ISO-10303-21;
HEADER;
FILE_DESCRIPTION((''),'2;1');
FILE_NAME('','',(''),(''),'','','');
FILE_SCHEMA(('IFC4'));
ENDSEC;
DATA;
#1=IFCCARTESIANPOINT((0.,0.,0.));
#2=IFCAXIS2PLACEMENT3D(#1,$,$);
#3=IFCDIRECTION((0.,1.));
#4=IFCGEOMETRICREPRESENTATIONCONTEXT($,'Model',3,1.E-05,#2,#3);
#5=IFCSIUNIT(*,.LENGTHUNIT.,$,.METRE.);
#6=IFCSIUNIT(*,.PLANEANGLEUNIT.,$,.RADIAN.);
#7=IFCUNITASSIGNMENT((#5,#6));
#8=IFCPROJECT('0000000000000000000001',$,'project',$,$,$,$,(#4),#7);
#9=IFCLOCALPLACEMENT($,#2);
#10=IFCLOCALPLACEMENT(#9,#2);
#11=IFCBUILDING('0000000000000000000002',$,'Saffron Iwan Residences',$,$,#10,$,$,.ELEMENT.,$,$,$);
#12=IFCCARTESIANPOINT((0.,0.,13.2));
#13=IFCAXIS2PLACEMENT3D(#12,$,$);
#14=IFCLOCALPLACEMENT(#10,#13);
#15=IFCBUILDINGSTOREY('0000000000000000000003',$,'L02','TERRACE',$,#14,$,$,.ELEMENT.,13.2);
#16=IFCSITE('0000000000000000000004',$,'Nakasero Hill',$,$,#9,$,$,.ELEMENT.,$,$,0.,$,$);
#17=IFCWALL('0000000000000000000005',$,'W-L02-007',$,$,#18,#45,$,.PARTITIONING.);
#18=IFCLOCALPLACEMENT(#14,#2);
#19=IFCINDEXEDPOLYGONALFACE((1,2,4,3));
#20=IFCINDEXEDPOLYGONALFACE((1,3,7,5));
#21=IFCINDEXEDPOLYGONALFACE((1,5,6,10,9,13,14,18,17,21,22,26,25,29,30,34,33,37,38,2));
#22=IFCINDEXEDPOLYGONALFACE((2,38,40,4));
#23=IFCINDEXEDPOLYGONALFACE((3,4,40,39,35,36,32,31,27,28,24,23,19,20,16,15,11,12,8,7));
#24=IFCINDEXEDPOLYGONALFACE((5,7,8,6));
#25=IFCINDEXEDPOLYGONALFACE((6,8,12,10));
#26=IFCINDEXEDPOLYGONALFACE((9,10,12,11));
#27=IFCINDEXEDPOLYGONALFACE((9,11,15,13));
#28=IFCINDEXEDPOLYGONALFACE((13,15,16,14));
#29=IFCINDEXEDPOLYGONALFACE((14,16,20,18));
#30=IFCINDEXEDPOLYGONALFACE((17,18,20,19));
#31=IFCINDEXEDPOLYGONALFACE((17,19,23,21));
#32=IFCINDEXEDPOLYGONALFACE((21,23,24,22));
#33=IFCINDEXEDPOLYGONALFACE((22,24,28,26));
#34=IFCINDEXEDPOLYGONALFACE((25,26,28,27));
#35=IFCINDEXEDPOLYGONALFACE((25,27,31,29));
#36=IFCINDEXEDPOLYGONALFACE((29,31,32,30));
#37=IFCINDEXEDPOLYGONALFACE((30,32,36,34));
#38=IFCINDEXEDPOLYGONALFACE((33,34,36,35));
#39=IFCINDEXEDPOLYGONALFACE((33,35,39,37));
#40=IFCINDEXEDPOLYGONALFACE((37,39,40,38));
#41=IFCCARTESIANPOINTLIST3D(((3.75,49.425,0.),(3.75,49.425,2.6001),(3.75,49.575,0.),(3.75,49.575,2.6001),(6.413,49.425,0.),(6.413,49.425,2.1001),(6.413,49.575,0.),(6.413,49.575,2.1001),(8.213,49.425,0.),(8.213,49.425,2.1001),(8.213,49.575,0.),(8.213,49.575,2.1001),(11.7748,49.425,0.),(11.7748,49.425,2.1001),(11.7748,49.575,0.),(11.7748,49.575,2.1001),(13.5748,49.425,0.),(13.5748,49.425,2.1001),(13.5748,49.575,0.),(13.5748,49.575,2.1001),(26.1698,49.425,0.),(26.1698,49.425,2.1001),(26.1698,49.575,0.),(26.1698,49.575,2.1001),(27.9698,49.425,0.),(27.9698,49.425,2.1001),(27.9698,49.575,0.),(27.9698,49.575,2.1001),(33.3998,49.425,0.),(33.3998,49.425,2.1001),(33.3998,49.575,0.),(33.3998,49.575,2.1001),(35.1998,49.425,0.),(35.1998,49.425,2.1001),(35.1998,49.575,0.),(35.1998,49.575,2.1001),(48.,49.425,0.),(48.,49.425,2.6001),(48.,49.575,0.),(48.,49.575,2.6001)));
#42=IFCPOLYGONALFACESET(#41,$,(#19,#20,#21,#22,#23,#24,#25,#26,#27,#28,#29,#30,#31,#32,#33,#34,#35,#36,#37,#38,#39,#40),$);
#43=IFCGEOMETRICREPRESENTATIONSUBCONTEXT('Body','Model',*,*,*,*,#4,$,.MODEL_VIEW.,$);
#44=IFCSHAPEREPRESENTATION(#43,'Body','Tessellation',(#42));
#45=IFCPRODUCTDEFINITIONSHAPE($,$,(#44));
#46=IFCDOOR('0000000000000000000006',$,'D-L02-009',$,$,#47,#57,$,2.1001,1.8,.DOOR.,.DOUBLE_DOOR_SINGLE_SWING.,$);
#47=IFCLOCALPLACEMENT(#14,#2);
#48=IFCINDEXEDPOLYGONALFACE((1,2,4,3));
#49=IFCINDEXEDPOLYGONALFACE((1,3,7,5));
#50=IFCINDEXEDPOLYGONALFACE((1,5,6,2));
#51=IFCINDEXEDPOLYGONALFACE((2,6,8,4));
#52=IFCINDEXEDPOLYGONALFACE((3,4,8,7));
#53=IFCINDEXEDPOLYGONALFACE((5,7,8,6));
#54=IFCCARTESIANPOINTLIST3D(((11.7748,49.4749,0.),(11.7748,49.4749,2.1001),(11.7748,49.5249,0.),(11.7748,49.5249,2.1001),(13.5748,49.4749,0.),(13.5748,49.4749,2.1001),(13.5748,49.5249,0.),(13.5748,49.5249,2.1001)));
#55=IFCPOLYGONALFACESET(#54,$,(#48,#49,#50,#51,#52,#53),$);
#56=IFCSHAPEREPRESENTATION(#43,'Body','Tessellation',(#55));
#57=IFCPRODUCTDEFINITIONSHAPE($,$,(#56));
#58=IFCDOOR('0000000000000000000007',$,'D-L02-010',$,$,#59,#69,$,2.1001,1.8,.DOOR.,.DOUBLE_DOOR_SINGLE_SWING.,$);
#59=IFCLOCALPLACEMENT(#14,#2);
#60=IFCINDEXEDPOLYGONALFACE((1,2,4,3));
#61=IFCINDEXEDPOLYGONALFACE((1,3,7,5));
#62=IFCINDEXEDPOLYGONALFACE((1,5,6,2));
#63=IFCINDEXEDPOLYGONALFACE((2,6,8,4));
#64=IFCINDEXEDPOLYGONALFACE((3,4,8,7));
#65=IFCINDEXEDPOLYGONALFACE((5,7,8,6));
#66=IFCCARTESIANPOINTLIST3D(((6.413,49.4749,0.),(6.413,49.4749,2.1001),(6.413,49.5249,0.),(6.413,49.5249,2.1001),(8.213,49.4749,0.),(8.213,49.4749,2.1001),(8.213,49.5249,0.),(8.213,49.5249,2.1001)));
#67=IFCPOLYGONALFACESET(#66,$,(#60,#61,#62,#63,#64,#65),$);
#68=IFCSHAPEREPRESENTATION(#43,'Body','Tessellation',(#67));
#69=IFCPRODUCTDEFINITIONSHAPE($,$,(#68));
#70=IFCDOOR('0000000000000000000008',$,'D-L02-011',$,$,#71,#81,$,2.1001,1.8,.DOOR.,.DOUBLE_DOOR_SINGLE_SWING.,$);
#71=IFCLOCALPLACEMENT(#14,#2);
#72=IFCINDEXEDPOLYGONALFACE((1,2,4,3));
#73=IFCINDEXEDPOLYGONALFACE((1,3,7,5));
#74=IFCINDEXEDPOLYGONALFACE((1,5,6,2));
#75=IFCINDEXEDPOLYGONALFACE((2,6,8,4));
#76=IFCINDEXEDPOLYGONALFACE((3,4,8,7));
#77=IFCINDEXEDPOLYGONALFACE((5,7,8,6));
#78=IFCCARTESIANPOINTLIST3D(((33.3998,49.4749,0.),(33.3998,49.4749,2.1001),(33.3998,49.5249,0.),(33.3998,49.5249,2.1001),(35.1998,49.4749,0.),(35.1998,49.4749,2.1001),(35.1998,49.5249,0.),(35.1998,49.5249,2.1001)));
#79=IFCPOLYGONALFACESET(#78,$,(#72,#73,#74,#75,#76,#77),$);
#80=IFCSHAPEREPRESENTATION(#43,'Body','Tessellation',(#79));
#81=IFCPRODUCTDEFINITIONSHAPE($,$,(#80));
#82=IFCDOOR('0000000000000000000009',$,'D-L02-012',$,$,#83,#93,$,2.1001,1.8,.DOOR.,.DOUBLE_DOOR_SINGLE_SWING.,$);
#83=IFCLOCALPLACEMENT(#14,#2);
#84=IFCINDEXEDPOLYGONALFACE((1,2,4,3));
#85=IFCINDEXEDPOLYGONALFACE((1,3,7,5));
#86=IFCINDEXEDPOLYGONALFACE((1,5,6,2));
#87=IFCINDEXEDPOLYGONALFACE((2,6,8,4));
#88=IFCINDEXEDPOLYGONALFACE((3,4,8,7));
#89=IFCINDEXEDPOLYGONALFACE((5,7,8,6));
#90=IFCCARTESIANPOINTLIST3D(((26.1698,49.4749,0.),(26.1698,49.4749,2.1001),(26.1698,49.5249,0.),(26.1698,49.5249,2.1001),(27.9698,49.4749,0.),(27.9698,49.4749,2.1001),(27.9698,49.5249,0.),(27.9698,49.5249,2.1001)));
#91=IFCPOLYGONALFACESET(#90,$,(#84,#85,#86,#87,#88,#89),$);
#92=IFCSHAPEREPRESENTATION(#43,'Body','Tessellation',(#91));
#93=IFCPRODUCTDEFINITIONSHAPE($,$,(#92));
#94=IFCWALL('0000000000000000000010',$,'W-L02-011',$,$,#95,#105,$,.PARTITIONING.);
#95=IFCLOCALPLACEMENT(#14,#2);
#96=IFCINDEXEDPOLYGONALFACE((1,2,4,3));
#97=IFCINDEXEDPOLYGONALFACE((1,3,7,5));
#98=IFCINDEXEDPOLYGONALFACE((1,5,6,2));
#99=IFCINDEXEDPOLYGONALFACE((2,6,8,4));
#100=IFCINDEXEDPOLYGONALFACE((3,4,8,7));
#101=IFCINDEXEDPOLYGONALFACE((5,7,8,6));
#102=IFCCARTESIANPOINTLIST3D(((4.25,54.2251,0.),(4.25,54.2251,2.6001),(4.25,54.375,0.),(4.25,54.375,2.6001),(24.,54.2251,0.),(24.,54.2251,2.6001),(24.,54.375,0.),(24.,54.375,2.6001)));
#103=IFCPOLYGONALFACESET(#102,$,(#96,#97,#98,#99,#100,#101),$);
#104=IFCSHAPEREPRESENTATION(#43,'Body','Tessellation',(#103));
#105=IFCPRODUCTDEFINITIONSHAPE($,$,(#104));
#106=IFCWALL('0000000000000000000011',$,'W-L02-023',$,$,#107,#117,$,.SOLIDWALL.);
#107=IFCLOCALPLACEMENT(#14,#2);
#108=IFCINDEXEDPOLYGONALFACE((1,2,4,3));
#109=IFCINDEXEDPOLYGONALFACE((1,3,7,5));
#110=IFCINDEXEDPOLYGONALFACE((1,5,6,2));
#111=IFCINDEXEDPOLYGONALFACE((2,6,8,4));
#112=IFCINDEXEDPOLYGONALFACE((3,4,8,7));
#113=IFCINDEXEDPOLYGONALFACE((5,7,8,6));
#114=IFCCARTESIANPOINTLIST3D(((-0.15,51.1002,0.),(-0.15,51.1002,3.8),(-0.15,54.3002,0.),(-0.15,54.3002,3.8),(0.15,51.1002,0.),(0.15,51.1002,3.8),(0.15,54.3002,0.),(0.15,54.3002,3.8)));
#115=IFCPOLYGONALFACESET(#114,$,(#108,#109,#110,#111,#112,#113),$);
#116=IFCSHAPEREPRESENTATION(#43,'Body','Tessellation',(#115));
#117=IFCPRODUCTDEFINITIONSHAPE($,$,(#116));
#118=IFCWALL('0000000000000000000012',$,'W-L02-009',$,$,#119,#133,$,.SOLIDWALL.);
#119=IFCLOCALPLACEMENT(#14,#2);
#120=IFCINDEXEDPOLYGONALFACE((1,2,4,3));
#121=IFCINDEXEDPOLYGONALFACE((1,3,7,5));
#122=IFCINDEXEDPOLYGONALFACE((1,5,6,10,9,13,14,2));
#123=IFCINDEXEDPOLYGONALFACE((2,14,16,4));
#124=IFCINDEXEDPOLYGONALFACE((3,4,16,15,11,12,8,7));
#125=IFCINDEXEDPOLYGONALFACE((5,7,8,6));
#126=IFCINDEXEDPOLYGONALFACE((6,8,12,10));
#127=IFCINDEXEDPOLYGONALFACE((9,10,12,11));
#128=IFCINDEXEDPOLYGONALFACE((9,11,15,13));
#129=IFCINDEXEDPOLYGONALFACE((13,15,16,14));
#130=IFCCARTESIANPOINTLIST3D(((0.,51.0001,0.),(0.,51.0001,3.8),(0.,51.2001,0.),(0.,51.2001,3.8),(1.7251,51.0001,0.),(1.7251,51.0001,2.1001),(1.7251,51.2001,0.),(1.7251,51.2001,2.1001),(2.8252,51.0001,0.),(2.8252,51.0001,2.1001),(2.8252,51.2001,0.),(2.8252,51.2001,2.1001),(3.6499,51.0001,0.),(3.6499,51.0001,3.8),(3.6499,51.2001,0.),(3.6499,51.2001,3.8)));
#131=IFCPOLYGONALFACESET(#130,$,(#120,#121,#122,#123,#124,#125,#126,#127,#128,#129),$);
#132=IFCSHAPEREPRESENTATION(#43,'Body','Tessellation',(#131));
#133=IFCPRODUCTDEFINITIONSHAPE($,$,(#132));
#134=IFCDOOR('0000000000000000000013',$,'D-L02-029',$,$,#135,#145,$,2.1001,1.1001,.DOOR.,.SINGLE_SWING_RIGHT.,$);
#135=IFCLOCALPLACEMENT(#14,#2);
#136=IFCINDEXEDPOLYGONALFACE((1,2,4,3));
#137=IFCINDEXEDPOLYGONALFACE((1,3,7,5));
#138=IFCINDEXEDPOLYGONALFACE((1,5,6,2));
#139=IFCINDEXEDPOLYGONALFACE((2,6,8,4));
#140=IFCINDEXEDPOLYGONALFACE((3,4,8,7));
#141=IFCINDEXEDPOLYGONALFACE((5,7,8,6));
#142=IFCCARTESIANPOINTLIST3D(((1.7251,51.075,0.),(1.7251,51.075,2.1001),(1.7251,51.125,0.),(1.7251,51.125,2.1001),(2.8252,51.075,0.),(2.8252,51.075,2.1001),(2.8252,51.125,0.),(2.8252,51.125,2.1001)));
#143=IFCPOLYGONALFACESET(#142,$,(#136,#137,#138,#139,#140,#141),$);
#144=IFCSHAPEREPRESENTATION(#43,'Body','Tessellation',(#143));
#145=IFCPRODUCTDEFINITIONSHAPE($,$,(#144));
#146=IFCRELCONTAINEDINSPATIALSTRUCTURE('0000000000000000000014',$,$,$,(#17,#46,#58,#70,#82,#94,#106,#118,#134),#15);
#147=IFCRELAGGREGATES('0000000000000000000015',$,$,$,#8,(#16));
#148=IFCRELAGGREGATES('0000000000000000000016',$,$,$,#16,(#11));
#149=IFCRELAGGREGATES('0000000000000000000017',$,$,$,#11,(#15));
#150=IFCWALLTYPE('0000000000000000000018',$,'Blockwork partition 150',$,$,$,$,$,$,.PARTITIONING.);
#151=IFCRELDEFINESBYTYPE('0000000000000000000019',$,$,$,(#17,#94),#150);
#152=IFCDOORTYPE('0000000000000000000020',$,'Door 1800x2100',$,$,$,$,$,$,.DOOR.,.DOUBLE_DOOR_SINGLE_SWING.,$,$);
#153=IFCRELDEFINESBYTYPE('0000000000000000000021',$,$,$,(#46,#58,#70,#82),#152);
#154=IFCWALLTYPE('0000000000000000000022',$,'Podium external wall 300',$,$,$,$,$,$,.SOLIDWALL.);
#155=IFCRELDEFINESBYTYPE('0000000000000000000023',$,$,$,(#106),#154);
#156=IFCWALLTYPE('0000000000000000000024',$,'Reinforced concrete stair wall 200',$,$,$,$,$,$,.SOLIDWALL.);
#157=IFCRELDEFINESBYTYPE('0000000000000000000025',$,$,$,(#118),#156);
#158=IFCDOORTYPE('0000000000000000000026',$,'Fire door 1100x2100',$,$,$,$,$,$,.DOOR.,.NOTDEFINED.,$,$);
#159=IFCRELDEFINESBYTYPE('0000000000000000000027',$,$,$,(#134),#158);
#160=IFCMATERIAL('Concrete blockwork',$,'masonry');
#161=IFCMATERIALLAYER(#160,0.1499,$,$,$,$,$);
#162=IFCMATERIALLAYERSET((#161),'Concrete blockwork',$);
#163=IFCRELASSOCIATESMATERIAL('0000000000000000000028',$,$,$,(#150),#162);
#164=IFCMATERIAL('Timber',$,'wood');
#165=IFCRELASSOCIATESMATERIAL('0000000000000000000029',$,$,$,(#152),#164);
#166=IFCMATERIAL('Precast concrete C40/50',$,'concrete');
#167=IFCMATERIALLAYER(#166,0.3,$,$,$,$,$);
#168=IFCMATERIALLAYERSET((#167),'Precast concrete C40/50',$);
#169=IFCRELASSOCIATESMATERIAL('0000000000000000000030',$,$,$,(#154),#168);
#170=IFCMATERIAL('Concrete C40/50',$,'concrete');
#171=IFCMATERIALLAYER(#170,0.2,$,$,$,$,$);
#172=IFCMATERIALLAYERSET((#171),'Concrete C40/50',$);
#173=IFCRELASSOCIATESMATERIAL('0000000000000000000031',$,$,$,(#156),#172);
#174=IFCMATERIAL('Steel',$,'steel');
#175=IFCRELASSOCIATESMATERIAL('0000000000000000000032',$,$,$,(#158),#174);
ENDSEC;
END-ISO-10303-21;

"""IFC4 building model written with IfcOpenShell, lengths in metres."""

from ifc_helpers import new_model, si_unit, direction, frame, frame_2d, origin, place, context, subcontext, project, spatial, rectangle, extrude, material, layer, layer_set, type_object, element, fill, save


model = new_model("IFC4")

# Units and contexts
model_context = context("Model", 3, precision=1e-05, world=origin(), true_north=direction((0.0, 1.0)))
body_context = subcontext(model_context, "Body", "Model", "MODEL_VIEW")
ifc_project = project(units=[si_unit("LENGTHUNIT", "METRE"), si_unit("PLANEANGLEUNIT", "RADIAN")], contexts=[model_context])

# Site, building, storey
site_placement = place(None, origin())
site = spatial("IfcSite", under=ifc_project, at=site_placement, Name="Nakasero Hill", CompositionType="ELEMENT", RefElevation=0.0)
building_placement = place(site_placement, origin())
building = spatial("IfcBuilding", under=site, at=building_placement, Name="Saffron Iwan Residences", CompositionType="ELEMENT")
storey_placement = place(building_placement, frame((0.0, 0.0, 13.2)))
storey = spatial("IfcBuildingStorey", under=building, at=storey_placement, Name="L02", Description="TERRACE", CompositionType="ELEMENT", Elevation=13.2)

# Wall, openings, doors
ifc_material_1 = material(Name="Concrete blockwork", Category="masonry")
ifc_layer_1 = layer(ifc_material_1, 0.1499)
ifc_layer_set_1 = layer_set([ifc_layer_1], Name="Concrete blockwork")
wall_type_1 = type_object("IfcWallType", Name="Blockwork partition 150", PredefinedType="PARTITIONING", material=ifc_layer_set_1)
wall_1_placement = place(storey_placement, frame((3.75, 49.5, 0.0), z_axis=(0.0, 0.0, 1.0), x_axis=(1.0, 0.0, 0.0)))
wall_1 = element("IfcWall", 1, at=wall_1_placement, inside=storey, type_object=wall_type_1, Name="W-L02-007", PredefinedType="PARTITIONING", context=body_context, shape_type="SweptSolid", body=[
    extrude(rectangle(XDim=44.25, YDim=0.1499, at=frame_2d((22.125, 0.0))), origin(), (0.0, 0.0, 1.0), 2.6001),
])
opening_1_placement = place(wall_1_placement, frame((8.0249, 0.0, 0.0)))
opening_1 = element("IfcOpeningElement", 2, at=opening_1_placement, cuts=wall_1, PredefinedType="OPENING", context=body_context, shape_type="SweptSolid", body=[
    extrude(rectangle(XDim=1.8, YDim=2.1001, at=frame_2d((0.8999, 1.05))), frame((0.0, 0.085, 0.0), z_axis=(0.0, -1.0, 0.0), x_axis=(1.0, 0.0, 0.0)), (0.0, 0.0, 1.0), 0.1699),
])
opening_2_placement = place(wall_1_placement, frame((2.6631, 0.0, 0.0)))
opening_2 = element("IfcOpeningElement", 3, at=opening_2_placement, cuts=wall_1, PredefinedType="OPENING", context=body_context, shape_type="SweptSolid", body=[
    extrude(rectangle(XDim=1.8, YDim=2.1001, at=frame_2d((0.8999, 1.05))), frame((0.0, 0.085, 0.0), z_axis=(0.0, -1.0, 0.0), x_axis=(1.0, 0.0, 0.0)), (0.0, 0.0, 1.0), 0.1699),
])
opening_3_placement = place(wall_1_placement, frame((29.6499, 0.0, 0.0)))
opening_3 = element("IfcOpeningElement", 4, at=opening_3_placement, cuts=wall_1, PredefinedType="OPENING", context=body_context, shape_type="SweptSolid", body=[
    extrude(rectangle(XDim=1.8, YDim=2.1001, at=frame_2d((0.8999, 1.05))), frame((0.0, 0.085, 0.0), z_axis=(0.0, -1.0, 0.0), x_axis=(1.0, 0.0, 0.0)), (0.0, 0.0, 1.0), 0.1699),
])
opening_4_placement = place(wall_1_placement, frame((22.4199, 0.0, 0.0)))
opening_4 = element("IfcOpeningElement", 5, at=opening_4_placement, cuts=wall_1, PredefinedType="OPENING", context=body_context, shape_type="SweptSolid", body=[
    extrude(rectangle(XDim=1.8, YDim=2.1001, at=frame_2d((0.8999, 1.05))), frame((0.0, 0.085, 0.0), z_axis=(0.0, -1.0, 0.0), x_axis=(1.0, 0.0, 0.0)), (0.0, 0.0, 1.0), 0.1699),
])
ifc_material_2 = material(Name="Timber", Category="wood")
door_type_1 = type_object("IfcDoorType", Name="Door 1800x2100", OperationType="DOUBLE_DOOR_SINGLE_SWING", PredefinedType="DOOR", material=ifc_material_2)
door_1_placement = place(opening_1_placement, origin())
door_1 = element("IfcDoor", 6, at=door_1_placement, inside=storey, type_object=door_type_1, Name="D-L02-009", OperationType="DOUBLE_DOOR_SINGLE_SWING", OverallHeight=2.1001, OverallWidth=1.8, PredefinedType="DOOR", context=body_context, shape_type="SweptSolid", body=[
    extrude(rectangle(XDim=1.8, YDim=2.1001, at=frame_2d((0.8999, 1.05))), frame((0.0, 0.0249, 0.0), z_axis=(0.0, -1.0, 0.0), x_axis=(1.0, 0.0, 0.0)), (0.0, 0.0, 1.0), 0.05),
])
fill(opening_1, door_1)
door_2_placement = place(opening_2_placement, origin())
door_2 = element("IfcDoor", 7, at=door_2_placement, inside=storey, type_object=door_type_1, Name="D-L02-010", OperationType="DOUBLE_DOOR_SINGLE_SWING", OverallHeight=2.1001, OverallWidth=1.8, PredefinedType="DOOR", context=body_context, shape_type="SweptSolid", body=[
    extrude(rectangle(XDim=1.8, YDim=2.1001, at=frame_2d((0.8999, 1.05))), frame((0.0, 0.0249, 0.0), z_axis=(0.0, -1.0, 0.0), x_axis=(1.0, 0.0, 0.0)), (0.0, 0.0, 1.0), 0.05),
])
fill(opening_2, door_2)
door_3_placement = place(opening_3_placement, origin())
door_3 = element("IfcDoor", 8, at=door_3_placement, inside=storey, type_object=door_type_1, Name="D-L02-011", OperationType="DOUBLE_DOOR_SINGLE_SWING", OverallHeight=2.1001, OverallWidth=1.8, PredefinedType="DOOR", context=body_context, shape_type="SweptSolid", body=[
    extrude(rectangle(XDim=1.8, YDim=2.1001, at=frame_2d((0.8999, 1.05))), frame((0.0, 0.0249, 0.0), z_axis=(0.0, -1.0, 0.0), x_axis=(1.0, 0.0, 0.0)), (0.0, 0.0, 1.0), 0.05),
])
fill(opening_3, door_3)
door_4_placement = place(opening_4_placement, origin())
door_4 = element("IfcDoor", 9, at=door_4_placement, inside=storey, type_object=door_type_1, Name="D-L02-012", OperationType="DOUBLE_DOOR_SINGLE_SWING", OverallHeight=2.1001, OverallWidth=1.8, PredefinedType="DOOR", context=body_context, shape_type="SweptSolid", body=[
    extrude(rectangle(XDim=1.8, YDim=2.1001, at=frame_2d((0.8999, 1.05))), frame((0.0, 0.0249, 0.0), z_axis=(0.0, -1.0, 0.0), x_axis=(1.0, 0.0, 0.0)), (0.0, 0.0, 1.0), 0.05),
])
fill(opening_4, door_4)

# Walls
wall_2_placement = place(storey_placement, frame((4.25, 54.3, 0.0), z_axis=(0.0, 0.0, 1.0), x_axis=(1.0, 0.0, 0.0)))
element("IfcWall", 10, at=wall_2_placement, inside=storey, type_object=wall_type_1, Name="W-L02-011", PredefinedType="PARTITIONING", context=body_context, shape_type="SweptSolid", body=[
    extrude(rectangle(XDim=19.75, YDim=0.1499, at=frame_2d((9.875, 0.0))), origin(), (0.0, 0.0, 1.0), 2.6001),
])
ifc_material_3 = material(Name="Precast concrete C40/50", Category="concrete")
ifc_layer_2 = layer(ifc_material_3, 0.3)
ifc_layer_set_2 = layer_set([ifc_layer_2], Name="Precast concrete C40/50")
wall_type_2 = type_object("IfcWallType", Name="Podium external wall 300", PredefinedType="SOLIDWALL", material=ifc_layer_set_2)
wall_3_placement = place(storey_placement, frame((0.0, 51.1001, 0.0), z_axis=(0.0, 0.0, 1.0), x_axis=(0.0, 1.0, 0.0)))
element("IfcWall", 11, at=wall_3_placement, inside=storey, type_object=wall_type_2, Name="W-L02-023", PredefinedType="SOLIDWALL", context=body_context, shape_type="SweptSolid", body=[
    extrude(rectangle(XDim=3.2, YDim=0.3, at=frame_2d((1.6001, 0.0))), origin(), (0.0, 0.0, 1.0), 3.8),
])

# Wall, opening, door
ifc_material_4 = material(Name="Concrete C40/50", Category="concrete")
ifc_layer_3 = layer(ifc_material_4, 0.2)
ifc_layer_set_3 = layer_set([ifc_layer_3], Name="Concrete C40/50")
wall_type_3 = type_object("IfcWallType", Name="Reinforced concrete stair wall 200", PredefinedType="SOLIDWALL", material=ifc_layer_set_3)
wall_4_placement = place(storey_placement, frame((0.0, 51.1001, 0.0), z_axis=(0.0, 0.0, 1.0), x_axis=(1.0, 0.0, 0.0)))
wall_4 = element("IfcWall", 12, at=wall_4_placement, inside=storey, type_object=wall_type_3, Name="W-L02-009", PredefinedType="SOLIDWALL", context=body_context, shape_type="SweptSolid", body=[
    extrude(rectangle(XDim=3.6499, YDim=0.2, at=frame_2d((1.825, 0.0))), origin(), (0.0, 0.0, 1.0), 3.8),
])
opening_5_placement = place(wall_4_placement, frame((1.7251, 0.0, 0.0)))
opening_5 = element("IfcOpeningElement", 13, at=opening_5_placement, cuts=wall_4, PredefinedType="OPENING", context=body_context, shape_type="SweptSolid", body=[
    extrude(rectangle(XDim=1.1001, YDim=2.1001, at=frame_2d((0.55, 1.05))), frame((0.0, 0.1099, 0.0), z_axis=(0.0, -1.0, 0.0), x_axis=(1.0, 0.0, 0.0)), (0.0, 0.0, 1.0), 0.22),
])
ifc_material_5 = material(Name="Steel", Category="steel")
door_type_2 = type_object("IfcDoorType", Name="Fire door 1100x2100", OperationType="NOTDEFINED", PredefinedType="DOOR", material=ifc_material_5)
door_5_placement = place(opening_5_placement, origin())
door_5 = element("IfcDoor", 14, at=door_5_placement, inside=storey, type_object=door_type_2, Name="D-L02-029", OperationType="SINGLE_SWING_RIGHT", OverallHeight=2.1001, OverallWidth=1.1001, PredefinedType="DOOR", context=body_context, shape_type="SweptSolid", body=[
    extrude(rectangle(XDim=1.1001, YDim=2.1001, at=frame_2d((0.55, 1.05))), frame((0.0, 0.0249, 0.0), z_axis=(0.0, -1.0, 0.0), x_axis=(1.0, 0.0, 0.0)), (0.0, 0.0, 1.0), 0.05),
])
fill(opening_5, door_5)

save(model, "model.ifc")
